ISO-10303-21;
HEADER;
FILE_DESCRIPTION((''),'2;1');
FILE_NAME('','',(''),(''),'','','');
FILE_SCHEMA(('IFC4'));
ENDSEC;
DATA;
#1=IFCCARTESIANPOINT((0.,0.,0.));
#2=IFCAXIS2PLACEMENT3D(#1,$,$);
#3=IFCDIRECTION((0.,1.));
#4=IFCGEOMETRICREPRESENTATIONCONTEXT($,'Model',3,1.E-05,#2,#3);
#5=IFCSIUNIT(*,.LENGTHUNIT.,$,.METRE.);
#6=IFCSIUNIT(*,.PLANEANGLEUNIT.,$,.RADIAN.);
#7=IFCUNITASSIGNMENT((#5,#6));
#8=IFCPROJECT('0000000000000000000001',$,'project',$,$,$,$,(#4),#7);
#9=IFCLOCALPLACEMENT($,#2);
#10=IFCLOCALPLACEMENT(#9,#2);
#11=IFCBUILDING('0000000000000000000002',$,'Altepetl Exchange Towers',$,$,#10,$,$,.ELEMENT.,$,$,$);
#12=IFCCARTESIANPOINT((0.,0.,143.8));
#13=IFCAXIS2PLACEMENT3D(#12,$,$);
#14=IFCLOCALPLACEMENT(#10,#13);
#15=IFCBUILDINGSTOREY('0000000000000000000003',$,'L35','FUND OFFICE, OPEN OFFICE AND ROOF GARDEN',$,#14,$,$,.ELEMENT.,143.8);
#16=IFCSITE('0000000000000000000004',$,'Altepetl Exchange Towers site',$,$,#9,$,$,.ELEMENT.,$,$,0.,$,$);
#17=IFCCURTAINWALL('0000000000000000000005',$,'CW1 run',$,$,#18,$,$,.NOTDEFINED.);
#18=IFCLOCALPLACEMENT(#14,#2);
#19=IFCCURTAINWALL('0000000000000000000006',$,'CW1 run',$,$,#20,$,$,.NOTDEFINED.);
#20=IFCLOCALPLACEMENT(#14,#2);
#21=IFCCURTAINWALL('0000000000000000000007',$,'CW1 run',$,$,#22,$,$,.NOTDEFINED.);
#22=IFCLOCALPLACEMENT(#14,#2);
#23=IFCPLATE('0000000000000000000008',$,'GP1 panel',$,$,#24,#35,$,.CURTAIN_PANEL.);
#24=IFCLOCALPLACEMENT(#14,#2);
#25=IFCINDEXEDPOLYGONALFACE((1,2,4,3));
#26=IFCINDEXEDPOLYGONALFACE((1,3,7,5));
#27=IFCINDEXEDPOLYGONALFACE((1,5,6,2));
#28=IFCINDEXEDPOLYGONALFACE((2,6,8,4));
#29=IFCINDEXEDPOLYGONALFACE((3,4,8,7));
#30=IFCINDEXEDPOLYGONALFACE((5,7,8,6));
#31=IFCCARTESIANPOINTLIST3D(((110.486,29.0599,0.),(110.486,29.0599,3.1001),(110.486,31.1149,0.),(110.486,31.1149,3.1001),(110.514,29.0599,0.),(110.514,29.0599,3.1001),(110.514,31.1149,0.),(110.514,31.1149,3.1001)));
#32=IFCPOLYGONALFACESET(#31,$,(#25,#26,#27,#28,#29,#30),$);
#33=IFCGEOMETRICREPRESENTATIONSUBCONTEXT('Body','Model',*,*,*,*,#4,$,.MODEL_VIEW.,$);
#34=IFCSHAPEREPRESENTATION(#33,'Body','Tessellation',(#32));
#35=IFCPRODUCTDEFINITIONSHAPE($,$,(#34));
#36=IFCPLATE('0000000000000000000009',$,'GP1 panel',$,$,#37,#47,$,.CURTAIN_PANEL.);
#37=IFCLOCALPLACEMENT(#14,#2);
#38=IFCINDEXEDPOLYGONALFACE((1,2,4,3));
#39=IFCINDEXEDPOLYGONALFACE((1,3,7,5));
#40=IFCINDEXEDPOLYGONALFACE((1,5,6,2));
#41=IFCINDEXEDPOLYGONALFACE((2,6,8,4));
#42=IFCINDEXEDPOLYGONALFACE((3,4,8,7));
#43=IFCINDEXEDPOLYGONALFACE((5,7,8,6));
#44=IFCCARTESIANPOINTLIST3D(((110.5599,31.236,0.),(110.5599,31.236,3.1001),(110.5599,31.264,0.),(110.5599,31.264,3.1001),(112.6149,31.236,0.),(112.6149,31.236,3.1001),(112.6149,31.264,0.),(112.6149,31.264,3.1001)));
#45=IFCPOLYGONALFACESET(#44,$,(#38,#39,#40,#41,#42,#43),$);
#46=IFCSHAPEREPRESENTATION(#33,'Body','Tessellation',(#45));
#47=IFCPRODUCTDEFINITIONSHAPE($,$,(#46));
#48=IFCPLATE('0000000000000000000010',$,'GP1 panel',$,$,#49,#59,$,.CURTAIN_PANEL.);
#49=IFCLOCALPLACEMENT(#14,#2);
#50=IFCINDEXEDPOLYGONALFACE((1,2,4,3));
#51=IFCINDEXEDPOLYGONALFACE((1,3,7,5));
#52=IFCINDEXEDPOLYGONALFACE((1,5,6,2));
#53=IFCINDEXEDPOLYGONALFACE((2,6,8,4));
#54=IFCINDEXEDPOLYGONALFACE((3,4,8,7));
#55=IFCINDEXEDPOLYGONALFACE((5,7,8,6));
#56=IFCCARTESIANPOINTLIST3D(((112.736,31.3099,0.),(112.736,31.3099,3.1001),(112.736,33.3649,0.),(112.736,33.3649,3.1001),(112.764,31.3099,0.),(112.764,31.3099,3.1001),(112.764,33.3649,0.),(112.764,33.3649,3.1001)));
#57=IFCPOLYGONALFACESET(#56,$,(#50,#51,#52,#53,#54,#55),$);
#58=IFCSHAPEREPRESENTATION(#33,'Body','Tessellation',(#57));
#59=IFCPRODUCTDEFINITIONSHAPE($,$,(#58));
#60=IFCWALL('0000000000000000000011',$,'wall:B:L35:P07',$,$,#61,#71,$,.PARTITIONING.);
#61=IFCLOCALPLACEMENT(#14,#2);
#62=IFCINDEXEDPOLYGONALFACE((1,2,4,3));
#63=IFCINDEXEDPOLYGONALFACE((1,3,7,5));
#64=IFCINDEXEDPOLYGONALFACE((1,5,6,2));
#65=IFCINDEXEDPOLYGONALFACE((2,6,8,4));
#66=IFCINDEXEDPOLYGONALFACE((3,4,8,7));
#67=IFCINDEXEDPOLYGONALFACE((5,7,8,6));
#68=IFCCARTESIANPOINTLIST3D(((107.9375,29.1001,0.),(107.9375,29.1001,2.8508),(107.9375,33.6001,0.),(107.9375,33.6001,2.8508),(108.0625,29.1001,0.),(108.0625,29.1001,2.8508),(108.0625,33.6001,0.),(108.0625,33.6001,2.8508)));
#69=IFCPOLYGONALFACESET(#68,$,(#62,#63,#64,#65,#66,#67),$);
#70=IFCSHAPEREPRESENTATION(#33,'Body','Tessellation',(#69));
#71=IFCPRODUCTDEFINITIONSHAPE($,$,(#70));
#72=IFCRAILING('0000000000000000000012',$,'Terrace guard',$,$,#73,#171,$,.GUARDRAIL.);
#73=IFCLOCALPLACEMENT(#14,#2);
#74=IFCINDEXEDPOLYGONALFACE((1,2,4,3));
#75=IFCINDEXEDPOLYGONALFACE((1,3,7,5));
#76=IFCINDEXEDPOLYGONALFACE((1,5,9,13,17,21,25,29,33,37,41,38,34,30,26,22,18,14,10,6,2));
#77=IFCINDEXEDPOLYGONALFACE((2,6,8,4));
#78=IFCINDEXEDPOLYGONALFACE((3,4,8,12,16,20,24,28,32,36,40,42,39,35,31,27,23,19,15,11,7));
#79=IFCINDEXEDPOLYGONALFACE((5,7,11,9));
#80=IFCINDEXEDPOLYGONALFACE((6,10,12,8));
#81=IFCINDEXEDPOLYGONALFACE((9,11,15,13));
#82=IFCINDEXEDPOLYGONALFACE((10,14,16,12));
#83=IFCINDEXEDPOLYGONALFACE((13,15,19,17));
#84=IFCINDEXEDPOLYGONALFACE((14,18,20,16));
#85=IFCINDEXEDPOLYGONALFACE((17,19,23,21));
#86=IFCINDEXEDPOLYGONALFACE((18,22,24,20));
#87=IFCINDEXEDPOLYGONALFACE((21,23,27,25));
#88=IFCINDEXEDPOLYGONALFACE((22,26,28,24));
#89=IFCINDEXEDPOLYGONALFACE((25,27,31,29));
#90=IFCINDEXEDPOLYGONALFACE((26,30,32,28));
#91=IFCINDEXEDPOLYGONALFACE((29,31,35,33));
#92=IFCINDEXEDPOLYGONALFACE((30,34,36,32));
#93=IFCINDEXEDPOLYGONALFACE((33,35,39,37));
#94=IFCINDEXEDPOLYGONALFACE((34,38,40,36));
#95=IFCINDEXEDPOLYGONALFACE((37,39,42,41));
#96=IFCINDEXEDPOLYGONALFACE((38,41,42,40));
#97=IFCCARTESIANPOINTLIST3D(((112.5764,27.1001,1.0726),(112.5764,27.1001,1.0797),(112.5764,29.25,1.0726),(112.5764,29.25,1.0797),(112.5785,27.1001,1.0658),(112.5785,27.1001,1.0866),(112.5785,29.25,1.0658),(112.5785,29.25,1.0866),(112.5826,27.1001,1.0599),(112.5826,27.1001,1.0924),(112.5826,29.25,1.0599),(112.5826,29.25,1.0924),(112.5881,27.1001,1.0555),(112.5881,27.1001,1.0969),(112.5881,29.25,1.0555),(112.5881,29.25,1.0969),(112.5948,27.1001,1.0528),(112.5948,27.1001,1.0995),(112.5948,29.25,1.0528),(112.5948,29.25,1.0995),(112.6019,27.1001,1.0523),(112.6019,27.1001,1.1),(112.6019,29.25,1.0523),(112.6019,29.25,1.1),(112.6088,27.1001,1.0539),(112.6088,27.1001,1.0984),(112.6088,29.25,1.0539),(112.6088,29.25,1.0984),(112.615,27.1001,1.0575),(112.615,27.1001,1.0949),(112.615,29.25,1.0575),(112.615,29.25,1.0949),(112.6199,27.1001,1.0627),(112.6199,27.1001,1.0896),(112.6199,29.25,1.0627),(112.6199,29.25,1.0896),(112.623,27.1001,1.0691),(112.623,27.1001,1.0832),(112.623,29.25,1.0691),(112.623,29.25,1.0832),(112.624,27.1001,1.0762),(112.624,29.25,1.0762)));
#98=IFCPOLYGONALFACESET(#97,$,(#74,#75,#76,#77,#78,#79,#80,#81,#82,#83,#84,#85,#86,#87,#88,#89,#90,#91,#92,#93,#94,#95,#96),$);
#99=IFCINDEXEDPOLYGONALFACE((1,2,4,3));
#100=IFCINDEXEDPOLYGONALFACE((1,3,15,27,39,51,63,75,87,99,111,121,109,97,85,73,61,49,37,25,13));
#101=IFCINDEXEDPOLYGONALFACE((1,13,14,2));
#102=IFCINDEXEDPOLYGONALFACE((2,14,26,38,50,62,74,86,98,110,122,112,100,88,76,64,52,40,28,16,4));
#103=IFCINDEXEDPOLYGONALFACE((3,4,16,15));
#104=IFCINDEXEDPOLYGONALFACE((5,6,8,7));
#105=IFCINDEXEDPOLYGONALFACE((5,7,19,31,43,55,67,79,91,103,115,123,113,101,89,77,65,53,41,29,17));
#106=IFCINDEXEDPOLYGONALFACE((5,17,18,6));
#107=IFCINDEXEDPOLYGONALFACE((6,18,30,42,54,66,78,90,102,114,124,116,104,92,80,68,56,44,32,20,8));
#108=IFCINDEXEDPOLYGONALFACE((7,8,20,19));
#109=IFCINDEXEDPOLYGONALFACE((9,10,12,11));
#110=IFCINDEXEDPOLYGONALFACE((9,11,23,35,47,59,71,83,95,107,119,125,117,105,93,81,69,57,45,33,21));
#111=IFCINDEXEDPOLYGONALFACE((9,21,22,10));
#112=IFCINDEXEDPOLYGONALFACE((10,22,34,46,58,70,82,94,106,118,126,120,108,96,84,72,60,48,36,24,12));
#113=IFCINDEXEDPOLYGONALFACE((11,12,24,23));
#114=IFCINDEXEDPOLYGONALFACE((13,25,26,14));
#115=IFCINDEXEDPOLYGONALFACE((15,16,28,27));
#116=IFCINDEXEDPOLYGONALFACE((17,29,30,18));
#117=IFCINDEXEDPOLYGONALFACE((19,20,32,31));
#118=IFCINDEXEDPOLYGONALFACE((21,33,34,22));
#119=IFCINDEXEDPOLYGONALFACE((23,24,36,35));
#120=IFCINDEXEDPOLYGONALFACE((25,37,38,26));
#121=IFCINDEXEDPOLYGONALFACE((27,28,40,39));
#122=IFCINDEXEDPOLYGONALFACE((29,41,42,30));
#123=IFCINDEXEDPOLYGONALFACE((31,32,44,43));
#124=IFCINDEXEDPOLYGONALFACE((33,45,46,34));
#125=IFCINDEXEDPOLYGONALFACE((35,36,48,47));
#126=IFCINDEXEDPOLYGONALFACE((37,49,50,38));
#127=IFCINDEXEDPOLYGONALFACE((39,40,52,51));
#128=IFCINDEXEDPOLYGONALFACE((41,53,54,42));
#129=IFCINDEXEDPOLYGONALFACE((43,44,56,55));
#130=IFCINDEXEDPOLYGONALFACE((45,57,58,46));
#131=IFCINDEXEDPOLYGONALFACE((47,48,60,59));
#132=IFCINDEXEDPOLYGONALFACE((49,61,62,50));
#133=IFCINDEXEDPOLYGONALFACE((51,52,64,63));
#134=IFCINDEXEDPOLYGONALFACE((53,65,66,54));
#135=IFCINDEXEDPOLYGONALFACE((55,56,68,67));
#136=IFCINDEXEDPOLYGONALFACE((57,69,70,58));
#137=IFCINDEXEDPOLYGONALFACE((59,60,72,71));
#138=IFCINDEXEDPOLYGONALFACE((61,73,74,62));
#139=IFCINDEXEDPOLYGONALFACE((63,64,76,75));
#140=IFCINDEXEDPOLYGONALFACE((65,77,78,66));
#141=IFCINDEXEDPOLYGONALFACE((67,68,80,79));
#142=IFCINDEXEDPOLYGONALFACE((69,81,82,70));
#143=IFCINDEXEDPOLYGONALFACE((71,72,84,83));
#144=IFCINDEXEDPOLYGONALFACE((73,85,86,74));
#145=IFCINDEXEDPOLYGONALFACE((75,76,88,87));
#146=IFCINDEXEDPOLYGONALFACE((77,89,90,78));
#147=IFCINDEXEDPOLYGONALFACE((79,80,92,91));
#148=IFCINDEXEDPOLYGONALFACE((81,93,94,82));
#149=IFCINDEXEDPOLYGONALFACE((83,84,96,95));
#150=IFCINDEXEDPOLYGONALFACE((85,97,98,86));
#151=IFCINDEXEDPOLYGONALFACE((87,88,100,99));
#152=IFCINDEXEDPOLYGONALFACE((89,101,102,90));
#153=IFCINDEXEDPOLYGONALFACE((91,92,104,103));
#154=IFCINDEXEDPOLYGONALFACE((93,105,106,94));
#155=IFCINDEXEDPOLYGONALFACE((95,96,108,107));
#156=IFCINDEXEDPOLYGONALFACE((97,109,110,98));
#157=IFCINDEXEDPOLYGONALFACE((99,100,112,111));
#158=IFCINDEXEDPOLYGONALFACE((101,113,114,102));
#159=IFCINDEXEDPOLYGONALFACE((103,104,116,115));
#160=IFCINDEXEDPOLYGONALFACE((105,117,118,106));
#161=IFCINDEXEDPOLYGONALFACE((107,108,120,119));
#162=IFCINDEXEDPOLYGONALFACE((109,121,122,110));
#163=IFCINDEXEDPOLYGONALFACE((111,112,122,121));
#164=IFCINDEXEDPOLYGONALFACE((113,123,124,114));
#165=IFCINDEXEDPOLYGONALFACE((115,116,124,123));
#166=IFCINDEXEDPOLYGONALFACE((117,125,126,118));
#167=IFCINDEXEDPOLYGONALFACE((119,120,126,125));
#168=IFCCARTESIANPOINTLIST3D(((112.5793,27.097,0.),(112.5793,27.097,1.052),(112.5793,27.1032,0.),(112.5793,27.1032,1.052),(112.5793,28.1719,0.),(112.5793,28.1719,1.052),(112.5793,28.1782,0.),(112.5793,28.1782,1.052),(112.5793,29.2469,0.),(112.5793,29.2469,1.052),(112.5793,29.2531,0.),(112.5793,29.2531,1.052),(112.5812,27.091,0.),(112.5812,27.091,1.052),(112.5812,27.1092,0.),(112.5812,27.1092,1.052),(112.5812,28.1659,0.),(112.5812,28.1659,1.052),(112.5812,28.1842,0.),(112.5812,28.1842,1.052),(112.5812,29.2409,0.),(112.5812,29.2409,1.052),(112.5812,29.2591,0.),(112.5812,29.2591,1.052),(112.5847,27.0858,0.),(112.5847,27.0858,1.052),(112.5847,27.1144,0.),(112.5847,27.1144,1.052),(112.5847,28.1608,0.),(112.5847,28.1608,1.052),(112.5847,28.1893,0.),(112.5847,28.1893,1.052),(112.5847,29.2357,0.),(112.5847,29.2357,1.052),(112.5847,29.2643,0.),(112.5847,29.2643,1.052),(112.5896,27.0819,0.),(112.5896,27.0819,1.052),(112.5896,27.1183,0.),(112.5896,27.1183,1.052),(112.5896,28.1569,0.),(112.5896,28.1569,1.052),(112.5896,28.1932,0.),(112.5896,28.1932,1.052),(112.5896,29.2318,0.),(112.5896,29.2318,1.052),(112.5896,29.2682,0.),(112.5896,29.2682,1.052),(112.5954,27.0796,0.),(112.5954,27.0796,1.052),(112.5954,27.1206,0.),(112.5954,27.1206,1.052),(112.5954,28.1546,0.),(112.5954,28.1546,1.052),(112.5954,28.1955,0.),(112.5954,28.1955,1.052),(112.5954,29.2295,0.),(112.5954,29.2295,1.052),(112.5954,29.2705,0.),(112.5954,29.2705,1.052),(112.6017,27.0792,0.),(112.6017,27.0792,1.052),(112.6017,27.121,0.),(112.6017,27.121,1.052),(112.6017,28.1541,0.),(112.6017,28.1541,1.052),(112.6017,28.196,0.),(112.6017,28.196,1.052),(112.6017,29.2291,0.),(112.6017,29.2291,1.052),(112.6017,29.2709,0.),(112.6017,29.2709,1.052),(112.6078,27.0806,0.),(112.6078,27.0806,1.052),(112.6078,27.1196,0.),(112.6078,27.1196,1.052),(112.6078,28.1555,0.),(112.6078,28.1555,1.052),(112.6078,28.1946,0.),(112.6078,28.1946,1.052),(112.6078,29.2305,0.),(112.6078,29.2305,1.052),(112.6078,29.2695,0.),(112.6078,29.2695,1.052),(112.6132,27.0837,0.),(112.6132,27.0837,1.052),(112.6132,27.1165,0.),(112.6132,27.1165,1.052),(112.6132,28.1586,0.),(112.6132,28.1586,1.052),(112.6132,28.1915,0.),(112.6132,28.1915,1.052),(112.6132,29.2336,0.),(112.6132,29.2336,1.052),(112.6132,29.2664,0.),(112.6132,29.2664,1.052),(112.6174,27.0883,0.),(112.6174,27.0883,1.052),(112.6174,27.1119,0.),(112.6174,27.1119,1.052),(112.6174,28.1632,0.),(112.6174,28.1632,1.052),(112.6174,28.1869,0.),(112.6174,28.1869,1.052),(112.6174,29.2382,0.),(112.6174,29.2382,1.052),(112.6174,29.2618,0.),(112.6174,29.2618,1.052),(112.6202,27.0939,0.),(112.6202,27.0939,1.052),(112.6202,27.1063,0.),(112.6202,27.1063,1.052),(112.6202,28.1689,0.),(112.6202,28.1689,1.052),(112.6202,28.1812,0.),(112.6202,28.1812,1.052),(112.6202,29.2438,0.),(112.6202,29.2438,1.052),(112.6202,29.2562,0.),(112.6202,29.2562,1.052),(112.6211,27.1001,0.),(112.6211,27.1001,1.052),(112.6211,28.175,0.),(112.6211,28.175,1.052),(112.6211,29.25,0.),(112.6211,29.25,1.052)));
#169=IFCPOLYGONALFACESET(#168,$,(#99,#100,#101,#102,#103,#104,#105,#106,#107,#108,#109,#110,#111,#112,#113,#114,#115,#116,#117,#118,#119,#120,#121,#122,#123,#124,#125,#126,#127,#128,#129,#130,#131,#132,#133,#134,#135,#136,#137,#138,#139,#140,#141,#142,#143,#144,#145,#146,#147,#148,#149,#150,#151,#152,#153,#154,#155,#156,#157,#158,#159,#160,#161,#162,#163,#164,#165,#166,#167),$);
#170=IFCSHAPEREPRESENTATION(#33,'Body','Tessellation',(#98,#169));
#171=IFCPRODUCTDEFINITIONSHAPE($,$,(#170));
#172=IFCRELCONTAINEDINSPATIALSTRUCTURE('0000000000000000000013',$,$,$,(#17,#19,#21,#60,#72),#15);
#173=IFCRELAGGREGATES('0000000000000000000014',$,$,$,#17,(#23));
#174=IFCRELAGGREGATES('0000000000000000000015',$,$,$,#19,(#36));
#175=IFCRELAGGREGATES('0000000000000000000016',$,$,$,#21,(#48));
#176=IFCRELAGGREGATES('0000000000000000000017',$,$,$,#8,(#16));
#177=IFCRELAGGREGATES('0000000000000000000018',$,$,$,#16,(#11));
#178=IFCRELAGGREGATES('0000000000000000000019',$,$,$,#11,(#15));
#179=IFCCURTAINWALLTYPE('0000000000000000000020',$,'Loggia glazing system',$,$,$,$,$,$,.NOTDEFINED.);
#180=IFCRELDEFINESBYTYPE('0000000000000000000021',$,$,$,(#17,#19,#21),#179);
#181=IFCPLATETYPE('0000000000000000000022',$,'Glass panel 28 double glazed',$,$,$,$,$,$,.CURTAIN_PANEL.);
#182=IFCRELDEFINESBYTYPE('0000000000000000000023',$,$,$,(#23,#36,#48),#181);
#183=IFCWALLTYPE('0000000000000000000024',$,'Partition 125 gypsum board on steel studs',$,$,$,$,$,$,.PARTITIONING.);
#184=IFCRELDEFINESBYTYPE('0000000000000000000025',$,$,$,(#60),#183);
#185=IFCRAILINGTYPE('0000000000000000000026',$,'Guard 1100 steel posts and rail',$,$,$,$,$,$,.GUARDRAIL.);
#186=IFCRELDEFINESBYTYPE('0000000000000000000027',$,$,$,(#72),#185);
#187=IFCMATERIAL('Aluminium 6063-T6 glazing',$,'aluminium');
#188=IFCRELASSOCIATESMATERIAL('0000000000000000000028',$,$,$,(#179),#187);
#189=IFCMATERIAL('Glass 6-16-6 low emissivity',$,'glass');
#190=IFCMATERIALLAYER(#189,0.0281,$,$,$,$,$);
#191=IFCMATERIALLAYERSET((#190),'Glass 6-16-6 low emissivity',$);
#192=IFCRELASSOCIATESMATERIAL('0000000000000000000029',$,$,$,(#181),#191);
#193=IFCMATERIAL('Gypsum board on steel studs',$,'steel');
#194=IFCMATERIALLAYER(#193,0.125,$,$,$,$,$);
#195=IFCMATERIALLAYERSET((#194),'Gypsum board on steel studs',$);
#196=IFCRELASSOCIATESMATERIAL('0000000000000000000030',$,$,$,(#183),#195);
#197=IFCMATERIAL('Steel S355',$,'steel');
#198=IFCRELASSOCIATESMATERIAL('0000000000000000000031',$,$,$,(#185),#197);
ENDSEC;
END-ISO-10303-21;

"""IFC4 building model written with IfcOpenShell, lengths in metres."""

from ifc_helpers import new_model, si_unit, direction, frame, frame_2d, origin, origin_2d, place, context, subcontext, project, spatial, rectangle, circle, extrude, source, transform, mapped, material, layer, layer_set, type_object, element, aggregate, save


model = new_model("IFC4")

# Units and contexts
model_context = context("Model", 3, precision=1e-05, world=origin(), true_north=direction((0.0, 1.0)))
body_context = subcontext(model_context, "Body", "Model", "MODEL_VIEW")
ifc_project = project(units=[si_unit("LENGTHUNIT", "METRE"), si_unit("PLANEANGLEUNIT", "RADIAN")], contexts=[model_context])

# Site, building, storey
site_placement = place(None, origin())
site = spatial("IfcSite", under=ifc_project, at=site_placement, Name="Altepetl Exchange Towers site", CompositionType="ELEMENT", RefElevation=0.0)
building_placement = place(site_placement, origin())
building = spatial("IfcBuilding", under=site, at=building_placement, Name="Altepetl Exchange Towers", CompositionType="ELEMENT")
storey_placement = place(building_placement, frame((0.0, 0.0, 143.8)))
storey = spatial("IfcBuildingStorey", under=building, at=storey_placement, Name="L35", Description="FUND OFFICE, OPEN OFFICE AND ROOF GARDEN", CompositionType="ELEMENT", Elevation=143.8)

# Shared definitions
ifc_material_1 = material(Name="Steel S355", Category="steel")

# Curtain walls
ifc_material_2 = material(Name="Aluminium 6063-T6 glazing", Category="aluminium")
curtain_wall_type = type_object("IfcCurtainWallType", Name="Loggia glazing system", PredefinedType="NOTDEFINED", material=ifc_material_2)
curtain_wall_1_placement = place(storey_placement, origin())
curtain_wall_1 = element("IfcCurtainWall", 1, at=curtain_wall_1_placement, inside=storey, type_object=curtain_wall_type, Name="CW1 run", PredefinedType="NOTDEFINED")
curtain_wall_2_placement = place(storey_placement, origin())
curtain_wall_2 = element("IfcCurtainWall", 2, at=curtain_wall_2_placement, inside=storey, type_object=curtain_wall_type, Name="CW1 run", PredefinedType="NOTDEFINED")

# Curtain wall
curtain_wall_3_placement = place(storey_placement, origin())
curtain_wall_3 = element("IfcCurtainWall", 3, at=curtain_wall_3_placement, inside=storey, type_object=curtain_wall_type, Name="CW1 run", PredefinedType="NOTDEFINED")

# Plates
ifc_material_3 = material(Name="Glass 6-16-6 low emissivity", Category="glass")
ifc_layer_1 = layer(ifc_material_3, 0.0281)
ifc_layer_set_1 = layer_set([ifc_layer_1], Name="Glass 6-16-6 low emissivity")
plate_type = type_object("IfcPlateType", Name="Glass panel 28 double glazed", PredefinedType="CURTAIN_PANEL", material=ifc_layer_set_1)
plate_1_placement = place(storey_placement, frame((110.5, 30.0874, 0.0), z_axis=(0.0, 0.0, 1.0), x_axis=(0.0, 1.0, 0.0)))
plate_1 = element("IfcPlate", 4, at=plate_1_placement, type_object=plate_type, Name="GP1 panel", PredefinedType="CURTAIN_PANEL", context=body_context, shape_type="SweptSolid", body=[
    extrude(rectangle(XDim=2.0549, YDim=0.0281, at=origin_2d()), origin(), (0.0, 0.0, 1.0), 3.1001),
])
aggregate(curtain_wall_1, [plate_1])
plate_2_placement = place(storey_placement, frame((111.5874, 31.25, 0.0)))
plate_2 = element("IfcPlate", 5, at=plate_2_placement, type_object=plate_type, Name="GP1 panel", PredefinedType="CURTAIN_PANEL", context=body_context, shape_type="SweptSolid", body=[
    extrude(rectangle(XDim=2.0549, YDim=0.0281, at=origin_2d()), origin(), (0.0, 0.0, 1.0), 3.1001),
])
aggregate(curtain_wall_2, [plate_2])
plate_3_placement = place(storey_placement, frame((112.75, 32.3374, 0.0), z_axis=(0.0, 0.0, 1.0), x_axis=(0.0, 1.0, 0.0)))
plate_3 = element("IfcPlate", 6, at=plate_3_placement, type_object=plate_type, Name="GP1 panel", PredefinedType="CURTAIN_PANEL", context=body_context, shape_type="SweptSolid", body=[
    extrude(rectangle(XDim=2.0549, YDim=0.0281, at=origin_2d()), origin(), (0.0, 0.0, 1.0), 3.1001),
])
aggregate(curtain_wall_3, [plate_3])

# Wall
ifc_material_4 = material(Name="Gypsum board on steel studs", Category="steel")
ifc_layer_2 = layer(ifc_material_4, 0.125)
ifc_layer_set_2 = layer_set([ifc_layer_2], Name="Gypsum board on steel studs")
wall_type_1 = type_object("IfcWallType", Name="Partition 125 gypsum board on steel studs", PredefinedType="PARTITIONING", material=ifc_layer_set_2)
wall_1_placement = place(storey_placement, frame((108.0, 29.1001, 0.0), z_axis=(0.0, 0.0, 1.0), x_axis=(0.0, 1.0, 0.0)))
element("IfcWall", 7, at=wall_1_placement, inside=storey, type_object=wall_type_1, Name="wall:B:L35:P07", PredefinedType="PARTITIONING", context=body_context, shape_type="SweptSolid", body=[
    extrude(rectangle(XDim=4.5, YDim=0.125, at=frame_2d((2.25, 0.0))), origin(), (0.0, 0.0, 1.0), 2.8508),
])

# Railing
railing_type = type_object("IfcRailingType", Name="Guard 1100 steel posts and rail", PredefinedType="GUARDRAIL", material=ifc_material_1)
shared_shape = source(origin(), body_context, "Body", "SweptSolid", [
    extrude(circle(Radius=0.021, at=origin_2d()), origin(), (0.0, 0.0, 1.0), 1.052),
])
railing_1_placement = place(storey_placement, frame((112.6001, 29.25, 0.0)))
element("IfcRailing", 8, at=railing_1_placement, inside=storey, type_object=railing_type, Name="Terrace guard", PredefinedType="GUARDRAIL", context=body_context, shape_type="SweptSolid", body=[
    extrude(circle(Radius=0.0239, at=origin_2d()), frame((0.0, 0.0, 1.0762), z_axis=(0.0, -1.0, 0.0), x_axis=(1.0, 0.0, 0.0)), (0.0, 0.0, 1.0), 2.1499),
    mapped(shared_shape, transform((0.0, 0.0, 0.0))),
    mapped(shared_shape, transform((0.0, -1.075, 0.0))),
    mapped(shared_shape, transform((0.0, -2.1499, 0.0))),
])

save(model, "model.ifc")
